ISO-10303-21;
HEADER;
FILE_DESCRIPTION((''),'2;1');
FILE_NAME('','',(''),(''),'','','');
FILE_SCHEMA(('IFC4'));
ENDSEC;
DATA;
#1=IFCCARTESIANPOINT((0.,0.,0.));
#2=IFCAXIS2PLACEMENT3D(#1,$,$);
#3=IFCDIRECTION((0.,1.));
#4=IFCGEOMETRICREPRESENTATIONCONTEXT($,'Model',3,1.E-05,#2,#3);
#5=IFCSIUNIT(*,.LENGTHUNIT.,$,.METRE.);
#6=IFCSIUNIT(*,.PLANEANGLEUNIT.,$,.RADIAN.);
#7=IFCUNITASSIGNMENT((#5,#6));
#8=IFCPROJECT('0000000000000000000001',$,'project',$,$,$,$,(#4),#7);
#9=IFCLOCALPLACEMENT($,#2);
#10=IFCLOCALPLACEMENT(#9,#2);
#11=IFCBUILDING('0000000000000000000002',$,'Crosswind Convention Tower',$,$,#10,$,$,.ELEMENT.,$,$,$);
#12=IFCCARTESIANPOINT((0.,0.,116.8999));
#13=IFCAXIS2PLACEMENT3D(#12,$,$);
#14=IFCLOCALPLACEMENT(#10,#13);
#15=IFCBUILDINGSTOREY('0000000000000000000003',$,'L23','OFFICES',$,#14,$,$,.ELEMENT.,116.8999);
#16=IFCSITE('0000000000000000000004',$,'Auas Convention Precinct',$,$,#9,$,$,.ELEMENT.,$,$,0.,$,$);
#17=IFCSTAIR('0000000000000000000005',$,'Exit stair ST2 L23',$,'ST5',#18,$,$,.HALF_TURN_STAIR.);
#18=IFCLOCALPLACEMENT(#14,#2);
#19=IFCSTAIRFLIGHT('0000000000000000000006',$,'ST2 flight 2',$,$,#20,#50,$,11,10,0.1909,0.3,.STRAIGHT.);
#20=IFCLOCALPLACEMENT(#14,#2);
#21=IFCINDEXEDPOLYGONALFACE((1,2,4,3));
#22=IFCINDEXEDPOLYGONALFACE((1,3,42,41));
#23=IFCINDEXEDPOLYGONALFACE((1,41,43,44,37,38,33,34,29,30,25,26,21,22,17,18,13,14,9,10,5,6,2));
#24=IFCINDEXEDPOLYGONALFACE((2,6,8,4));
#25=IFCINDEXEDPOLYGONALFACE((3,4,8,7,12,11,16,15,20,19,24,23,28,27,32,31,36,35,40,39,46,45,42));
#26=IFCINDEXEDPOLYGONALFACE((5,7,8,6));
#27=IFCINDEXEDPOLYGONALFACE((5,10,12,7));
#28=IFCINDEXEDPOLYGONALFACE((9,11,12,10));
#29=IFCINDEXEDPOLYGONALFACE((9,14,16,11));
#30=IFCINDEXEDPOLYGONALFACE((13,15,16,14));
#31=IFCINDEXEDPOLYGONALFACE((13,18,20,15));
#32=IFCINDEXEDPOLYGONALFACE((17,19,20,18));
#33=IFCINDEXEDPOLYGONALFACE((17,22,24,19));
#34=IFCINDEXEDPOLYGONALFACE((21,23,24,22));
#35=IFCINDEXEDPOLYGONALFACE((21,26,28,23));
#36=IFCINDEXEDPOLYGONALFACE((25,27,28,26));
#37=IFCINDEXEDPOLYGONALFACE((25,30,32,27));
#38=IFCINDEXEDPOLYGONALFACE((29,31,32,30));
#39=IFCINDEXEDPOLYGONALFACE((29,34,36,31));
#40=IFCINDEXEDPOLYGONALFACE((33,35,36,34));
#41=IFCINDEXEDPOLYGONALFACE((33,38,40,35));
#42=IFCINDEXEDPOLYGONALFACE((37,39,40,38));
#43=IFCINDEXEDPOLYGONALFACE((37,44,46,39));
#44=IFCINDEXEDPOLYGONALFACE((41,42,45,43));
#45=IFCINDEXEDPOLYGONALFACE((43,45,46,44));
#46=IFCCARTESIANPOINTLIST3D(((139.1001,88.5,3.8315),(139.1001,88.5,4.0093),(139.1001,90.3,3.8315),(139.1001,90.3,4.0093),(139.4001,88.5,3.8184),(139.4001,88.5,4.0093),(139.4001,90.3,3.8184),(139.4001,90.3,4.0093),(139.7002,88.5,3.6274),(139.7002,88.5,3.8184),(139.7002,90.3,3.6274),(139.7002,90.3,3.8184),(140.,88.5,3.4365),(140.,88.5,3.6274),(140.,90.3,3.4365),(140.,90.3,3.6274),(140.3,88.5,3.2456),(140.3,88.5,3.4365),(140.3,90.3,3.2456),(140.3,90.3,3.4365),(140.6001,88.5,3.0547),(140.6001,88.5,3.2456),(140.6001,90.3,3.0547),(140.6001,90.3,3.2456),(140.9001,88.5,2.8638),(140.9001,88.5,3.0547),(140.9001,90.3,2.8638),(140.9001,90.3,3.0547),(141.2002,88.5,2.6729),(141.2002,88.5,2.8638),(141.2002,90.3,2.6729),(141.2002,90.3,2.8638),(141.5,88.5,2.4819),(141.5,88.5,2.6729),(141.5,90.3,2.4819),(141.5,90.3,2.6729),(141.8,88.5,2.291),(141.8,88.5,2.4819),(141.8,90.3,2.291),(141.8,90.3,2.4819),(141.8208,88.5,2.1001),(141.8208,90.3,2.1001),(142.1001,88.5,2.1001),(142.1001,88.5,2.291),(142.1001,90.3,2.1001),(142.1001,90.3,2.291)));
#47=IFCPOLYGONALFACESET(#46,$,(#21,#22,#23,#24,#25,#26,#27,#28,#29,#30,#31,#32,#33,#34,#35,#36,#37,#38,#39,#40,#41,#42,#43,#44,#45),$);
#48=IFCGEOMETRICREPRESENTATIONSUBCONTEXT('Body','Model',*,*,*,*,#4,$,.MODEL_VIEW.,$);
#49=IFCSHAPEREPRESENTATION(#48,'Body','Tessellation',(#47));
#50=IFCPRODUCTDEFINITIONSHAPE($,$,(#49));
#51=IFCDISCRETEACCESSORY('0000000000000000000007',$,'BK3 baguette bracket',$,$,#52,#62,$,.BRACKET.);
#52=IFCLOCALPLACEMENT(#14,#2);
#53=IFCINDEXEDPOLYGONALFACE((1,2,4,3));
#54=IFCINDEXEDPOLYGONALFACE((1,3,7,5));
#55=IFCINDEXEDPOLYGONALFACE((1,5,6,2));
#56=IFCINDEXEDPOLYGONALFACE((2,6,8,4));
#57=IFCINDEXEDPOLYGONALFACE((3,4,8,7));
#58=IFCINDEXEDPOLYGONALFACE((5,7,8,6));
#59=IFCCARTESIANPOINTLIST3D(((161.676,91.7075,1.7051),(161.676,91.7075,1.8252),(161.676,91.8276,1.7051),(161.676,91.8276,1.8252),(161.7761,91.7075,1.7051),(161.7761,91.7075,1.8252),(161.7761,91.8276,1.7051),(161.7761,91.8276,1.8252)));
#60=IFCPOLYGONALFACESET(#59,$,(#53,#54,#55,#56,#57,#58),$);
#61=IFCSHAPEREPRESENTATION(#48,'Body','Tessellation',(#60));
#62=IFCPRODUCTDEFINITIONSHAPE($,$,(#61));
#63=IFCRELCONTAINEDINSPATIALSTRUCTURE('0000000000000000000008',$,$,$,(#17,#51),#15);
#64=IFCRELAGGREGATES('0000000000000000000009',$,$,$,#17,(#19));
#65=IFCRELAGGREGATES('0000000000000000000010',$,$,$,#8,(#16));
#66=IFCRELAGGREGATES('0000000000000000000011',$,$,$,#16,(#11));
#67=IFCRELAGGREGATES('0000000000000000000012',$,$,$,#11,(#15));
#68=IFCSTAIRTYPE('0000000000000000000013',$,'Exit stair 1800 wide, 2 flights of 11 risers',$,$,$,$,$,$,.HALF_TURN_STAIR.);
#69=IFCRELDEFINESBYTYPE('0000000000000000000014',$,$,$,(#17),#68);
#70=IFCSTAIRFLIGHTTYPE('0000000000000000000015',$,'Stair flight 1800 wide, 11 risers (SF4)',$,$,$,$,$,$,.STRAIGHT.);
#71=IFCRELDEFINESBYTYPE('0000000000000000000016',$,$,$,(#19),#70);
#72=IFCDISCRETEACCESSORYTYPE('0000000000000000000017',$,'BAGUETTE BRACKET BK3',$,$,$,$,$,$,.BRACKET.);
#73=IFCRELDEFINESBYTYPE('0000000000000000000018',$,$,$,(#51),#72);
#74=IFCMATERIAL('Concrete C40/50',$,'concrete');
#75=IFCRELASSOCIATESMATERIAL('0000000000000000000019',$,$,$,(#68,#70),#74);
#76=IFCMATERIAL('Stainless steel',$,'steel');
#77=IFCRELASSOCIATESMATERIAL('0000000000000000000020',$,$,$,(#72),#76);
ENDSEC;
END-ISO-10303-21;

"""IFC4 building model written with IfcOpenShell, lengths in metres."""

from ifc_helpers import new_model, si_unit, direction, frame, origin, origin_2d, place, context, subcontext, project, spatial, polyline, rectangle, outline, extrude, material, type_object, element, aggregate, save


model = new_model("IFC4")

# Units and contexts
model_context = context("Model", 3, precision=1e-05, world=origin(), true_north=direction((0.0, 1.0)))
body_context = subcontext(model_context, "Body", "Model", "MODEL_VIEW")
ifc_project = project(units=[si_unit("LENGTHUNIT", "METRE"), si_unit("PLANEANGLEUNIT", "RADIAN")], contexts=[model_context])

# Site, building, storey
site_placement = place(None, origin())
site = spatial("IfcSite", under=ifc_project, at=site_placement, Name="Auas Convention Precinct", CompositionType="ELEMENT", RefElevation=0.0)
building_placement = place(site_placement, origin())
building = spatial("IfcBuilding", under=site, at=building_placement, Name="Crosswind Convention Tower", CompositionType="ELEMENT")
storey_placement = place(building_placement, frame((0.0, 0.0, 116.8999)))
storey = spatial("IfcBuildingStorey", under=building, at=storey_placement, Name="L23", Description="OFFICES", CompositionType="ELEMENT", Elevation=116.8999)

# Stair, stair flight
ifc_material_1 = material(Name="Concrete C40/50", Category="concrete")
stair_type = type_object("IfcStairType", Name="Exit stair 1800 wide, 2 flights of 11 risers", PredefinedType="HALF_TURN_STAIR", material=ifc_material_1)
stair_placement = place(storey_placement, origin())
stair = element("IfcStair", 1, at=stair_placement, inside=storey, type_object=stair_type, Name="Exit stair ST2 L23", ObjectType="ST5", PredefinedType="HALF_TURN_STAIR")
stair_flight_type = type_object("IfcStairFlightType", Name="Stair flight 1800 wide, 11 risers (SF4)", PredefinedType="STRAIGHT", material=ifc_material_1)
stair_flight_1_placement = place(storey_placement, frame((142.1001, 89.3999, 2.1001), z_axis=(0.0, 0.0, 1.0), x_axis=(-1.0, 0.0, 0.0)))
stair_flight_1 = element("IfcStairFlight", 2, at=stair_flight_1_placement, type_object=stair_flight_type, Name="ST2 flight 2", NumberOfRisers=11, NumberOfTreads=10, PredefinedType="STRAIGHT", RiserHeight=0.1909, TreadLength=0.3, context=body_context, shape_type="SweptSolid", body=[
    extrude(outline(polyline([(0.0, 0.0), (0.0, 0.1909), (0.3, 0.1909), (0.3, 0.3818), (0.6001, 0.3818), (0.6001, 0.5728), (0.8999, 0.5728), (0.8999, 0.7637), (1.2, 0.7637), (1.2, 0.9546), (1.5, 0.9546), (1.5, 1.1455), (1.8, 1.1455), (1.8, 1.3364), (2.1001, 1.3364), (2.1001, 1.5273), (2.3999, 1.5273), (2.3999, 1.7183), (2.7, 1.7183), (2.7, 1.9092), (3.0, 1.9092), (3.0, 2.1001), (3.0, 1.7314), (0.2793, 0.0), (0.0, 0.0)])), frame((0.0, 0.8999, 0.0), z_axis=(0.0, -1.0, 0.0), x_axis=(1.0, 0.0, 0.0)), (0.0, 0.0, 1.0), 1.8),
])
aggregate(stair, [stair_flight_1])

# Shared definitions
ifc_material_2 = material(Name="Stainless steel", Category="steel")

# Discrete accessory
discrete_accessory_type = type_object("IfcDiscreteAccessoryType", Name="BAGUETTE BRACKET BK3", PredefinedType="BRACKET", material=ifc_material_2)
discrete_accessory_placement = place(storey_placement, frame((161.7261, 91.7676, 1.7051), z_axis=(0.0, 0.0, 1.0), x_axis=(0.0, 1.0, 0.0)))
element("IfcDiscreteAccessory", 3, at=discrete_accessory_placement, inside=storey, type_object=discrete_accessory_type, Name="BK3 baguette bracket", PredefinedType="BRACKET", context=body_context, shape_type="SweptSolid", body=[
    extrude(rectangle(XDim=0.1201, YDim=0.1001, at=origin_2d()), origin(), (0.0, 0.0, 1.0), 0.1201),
])

save(model, "model.ifc")
